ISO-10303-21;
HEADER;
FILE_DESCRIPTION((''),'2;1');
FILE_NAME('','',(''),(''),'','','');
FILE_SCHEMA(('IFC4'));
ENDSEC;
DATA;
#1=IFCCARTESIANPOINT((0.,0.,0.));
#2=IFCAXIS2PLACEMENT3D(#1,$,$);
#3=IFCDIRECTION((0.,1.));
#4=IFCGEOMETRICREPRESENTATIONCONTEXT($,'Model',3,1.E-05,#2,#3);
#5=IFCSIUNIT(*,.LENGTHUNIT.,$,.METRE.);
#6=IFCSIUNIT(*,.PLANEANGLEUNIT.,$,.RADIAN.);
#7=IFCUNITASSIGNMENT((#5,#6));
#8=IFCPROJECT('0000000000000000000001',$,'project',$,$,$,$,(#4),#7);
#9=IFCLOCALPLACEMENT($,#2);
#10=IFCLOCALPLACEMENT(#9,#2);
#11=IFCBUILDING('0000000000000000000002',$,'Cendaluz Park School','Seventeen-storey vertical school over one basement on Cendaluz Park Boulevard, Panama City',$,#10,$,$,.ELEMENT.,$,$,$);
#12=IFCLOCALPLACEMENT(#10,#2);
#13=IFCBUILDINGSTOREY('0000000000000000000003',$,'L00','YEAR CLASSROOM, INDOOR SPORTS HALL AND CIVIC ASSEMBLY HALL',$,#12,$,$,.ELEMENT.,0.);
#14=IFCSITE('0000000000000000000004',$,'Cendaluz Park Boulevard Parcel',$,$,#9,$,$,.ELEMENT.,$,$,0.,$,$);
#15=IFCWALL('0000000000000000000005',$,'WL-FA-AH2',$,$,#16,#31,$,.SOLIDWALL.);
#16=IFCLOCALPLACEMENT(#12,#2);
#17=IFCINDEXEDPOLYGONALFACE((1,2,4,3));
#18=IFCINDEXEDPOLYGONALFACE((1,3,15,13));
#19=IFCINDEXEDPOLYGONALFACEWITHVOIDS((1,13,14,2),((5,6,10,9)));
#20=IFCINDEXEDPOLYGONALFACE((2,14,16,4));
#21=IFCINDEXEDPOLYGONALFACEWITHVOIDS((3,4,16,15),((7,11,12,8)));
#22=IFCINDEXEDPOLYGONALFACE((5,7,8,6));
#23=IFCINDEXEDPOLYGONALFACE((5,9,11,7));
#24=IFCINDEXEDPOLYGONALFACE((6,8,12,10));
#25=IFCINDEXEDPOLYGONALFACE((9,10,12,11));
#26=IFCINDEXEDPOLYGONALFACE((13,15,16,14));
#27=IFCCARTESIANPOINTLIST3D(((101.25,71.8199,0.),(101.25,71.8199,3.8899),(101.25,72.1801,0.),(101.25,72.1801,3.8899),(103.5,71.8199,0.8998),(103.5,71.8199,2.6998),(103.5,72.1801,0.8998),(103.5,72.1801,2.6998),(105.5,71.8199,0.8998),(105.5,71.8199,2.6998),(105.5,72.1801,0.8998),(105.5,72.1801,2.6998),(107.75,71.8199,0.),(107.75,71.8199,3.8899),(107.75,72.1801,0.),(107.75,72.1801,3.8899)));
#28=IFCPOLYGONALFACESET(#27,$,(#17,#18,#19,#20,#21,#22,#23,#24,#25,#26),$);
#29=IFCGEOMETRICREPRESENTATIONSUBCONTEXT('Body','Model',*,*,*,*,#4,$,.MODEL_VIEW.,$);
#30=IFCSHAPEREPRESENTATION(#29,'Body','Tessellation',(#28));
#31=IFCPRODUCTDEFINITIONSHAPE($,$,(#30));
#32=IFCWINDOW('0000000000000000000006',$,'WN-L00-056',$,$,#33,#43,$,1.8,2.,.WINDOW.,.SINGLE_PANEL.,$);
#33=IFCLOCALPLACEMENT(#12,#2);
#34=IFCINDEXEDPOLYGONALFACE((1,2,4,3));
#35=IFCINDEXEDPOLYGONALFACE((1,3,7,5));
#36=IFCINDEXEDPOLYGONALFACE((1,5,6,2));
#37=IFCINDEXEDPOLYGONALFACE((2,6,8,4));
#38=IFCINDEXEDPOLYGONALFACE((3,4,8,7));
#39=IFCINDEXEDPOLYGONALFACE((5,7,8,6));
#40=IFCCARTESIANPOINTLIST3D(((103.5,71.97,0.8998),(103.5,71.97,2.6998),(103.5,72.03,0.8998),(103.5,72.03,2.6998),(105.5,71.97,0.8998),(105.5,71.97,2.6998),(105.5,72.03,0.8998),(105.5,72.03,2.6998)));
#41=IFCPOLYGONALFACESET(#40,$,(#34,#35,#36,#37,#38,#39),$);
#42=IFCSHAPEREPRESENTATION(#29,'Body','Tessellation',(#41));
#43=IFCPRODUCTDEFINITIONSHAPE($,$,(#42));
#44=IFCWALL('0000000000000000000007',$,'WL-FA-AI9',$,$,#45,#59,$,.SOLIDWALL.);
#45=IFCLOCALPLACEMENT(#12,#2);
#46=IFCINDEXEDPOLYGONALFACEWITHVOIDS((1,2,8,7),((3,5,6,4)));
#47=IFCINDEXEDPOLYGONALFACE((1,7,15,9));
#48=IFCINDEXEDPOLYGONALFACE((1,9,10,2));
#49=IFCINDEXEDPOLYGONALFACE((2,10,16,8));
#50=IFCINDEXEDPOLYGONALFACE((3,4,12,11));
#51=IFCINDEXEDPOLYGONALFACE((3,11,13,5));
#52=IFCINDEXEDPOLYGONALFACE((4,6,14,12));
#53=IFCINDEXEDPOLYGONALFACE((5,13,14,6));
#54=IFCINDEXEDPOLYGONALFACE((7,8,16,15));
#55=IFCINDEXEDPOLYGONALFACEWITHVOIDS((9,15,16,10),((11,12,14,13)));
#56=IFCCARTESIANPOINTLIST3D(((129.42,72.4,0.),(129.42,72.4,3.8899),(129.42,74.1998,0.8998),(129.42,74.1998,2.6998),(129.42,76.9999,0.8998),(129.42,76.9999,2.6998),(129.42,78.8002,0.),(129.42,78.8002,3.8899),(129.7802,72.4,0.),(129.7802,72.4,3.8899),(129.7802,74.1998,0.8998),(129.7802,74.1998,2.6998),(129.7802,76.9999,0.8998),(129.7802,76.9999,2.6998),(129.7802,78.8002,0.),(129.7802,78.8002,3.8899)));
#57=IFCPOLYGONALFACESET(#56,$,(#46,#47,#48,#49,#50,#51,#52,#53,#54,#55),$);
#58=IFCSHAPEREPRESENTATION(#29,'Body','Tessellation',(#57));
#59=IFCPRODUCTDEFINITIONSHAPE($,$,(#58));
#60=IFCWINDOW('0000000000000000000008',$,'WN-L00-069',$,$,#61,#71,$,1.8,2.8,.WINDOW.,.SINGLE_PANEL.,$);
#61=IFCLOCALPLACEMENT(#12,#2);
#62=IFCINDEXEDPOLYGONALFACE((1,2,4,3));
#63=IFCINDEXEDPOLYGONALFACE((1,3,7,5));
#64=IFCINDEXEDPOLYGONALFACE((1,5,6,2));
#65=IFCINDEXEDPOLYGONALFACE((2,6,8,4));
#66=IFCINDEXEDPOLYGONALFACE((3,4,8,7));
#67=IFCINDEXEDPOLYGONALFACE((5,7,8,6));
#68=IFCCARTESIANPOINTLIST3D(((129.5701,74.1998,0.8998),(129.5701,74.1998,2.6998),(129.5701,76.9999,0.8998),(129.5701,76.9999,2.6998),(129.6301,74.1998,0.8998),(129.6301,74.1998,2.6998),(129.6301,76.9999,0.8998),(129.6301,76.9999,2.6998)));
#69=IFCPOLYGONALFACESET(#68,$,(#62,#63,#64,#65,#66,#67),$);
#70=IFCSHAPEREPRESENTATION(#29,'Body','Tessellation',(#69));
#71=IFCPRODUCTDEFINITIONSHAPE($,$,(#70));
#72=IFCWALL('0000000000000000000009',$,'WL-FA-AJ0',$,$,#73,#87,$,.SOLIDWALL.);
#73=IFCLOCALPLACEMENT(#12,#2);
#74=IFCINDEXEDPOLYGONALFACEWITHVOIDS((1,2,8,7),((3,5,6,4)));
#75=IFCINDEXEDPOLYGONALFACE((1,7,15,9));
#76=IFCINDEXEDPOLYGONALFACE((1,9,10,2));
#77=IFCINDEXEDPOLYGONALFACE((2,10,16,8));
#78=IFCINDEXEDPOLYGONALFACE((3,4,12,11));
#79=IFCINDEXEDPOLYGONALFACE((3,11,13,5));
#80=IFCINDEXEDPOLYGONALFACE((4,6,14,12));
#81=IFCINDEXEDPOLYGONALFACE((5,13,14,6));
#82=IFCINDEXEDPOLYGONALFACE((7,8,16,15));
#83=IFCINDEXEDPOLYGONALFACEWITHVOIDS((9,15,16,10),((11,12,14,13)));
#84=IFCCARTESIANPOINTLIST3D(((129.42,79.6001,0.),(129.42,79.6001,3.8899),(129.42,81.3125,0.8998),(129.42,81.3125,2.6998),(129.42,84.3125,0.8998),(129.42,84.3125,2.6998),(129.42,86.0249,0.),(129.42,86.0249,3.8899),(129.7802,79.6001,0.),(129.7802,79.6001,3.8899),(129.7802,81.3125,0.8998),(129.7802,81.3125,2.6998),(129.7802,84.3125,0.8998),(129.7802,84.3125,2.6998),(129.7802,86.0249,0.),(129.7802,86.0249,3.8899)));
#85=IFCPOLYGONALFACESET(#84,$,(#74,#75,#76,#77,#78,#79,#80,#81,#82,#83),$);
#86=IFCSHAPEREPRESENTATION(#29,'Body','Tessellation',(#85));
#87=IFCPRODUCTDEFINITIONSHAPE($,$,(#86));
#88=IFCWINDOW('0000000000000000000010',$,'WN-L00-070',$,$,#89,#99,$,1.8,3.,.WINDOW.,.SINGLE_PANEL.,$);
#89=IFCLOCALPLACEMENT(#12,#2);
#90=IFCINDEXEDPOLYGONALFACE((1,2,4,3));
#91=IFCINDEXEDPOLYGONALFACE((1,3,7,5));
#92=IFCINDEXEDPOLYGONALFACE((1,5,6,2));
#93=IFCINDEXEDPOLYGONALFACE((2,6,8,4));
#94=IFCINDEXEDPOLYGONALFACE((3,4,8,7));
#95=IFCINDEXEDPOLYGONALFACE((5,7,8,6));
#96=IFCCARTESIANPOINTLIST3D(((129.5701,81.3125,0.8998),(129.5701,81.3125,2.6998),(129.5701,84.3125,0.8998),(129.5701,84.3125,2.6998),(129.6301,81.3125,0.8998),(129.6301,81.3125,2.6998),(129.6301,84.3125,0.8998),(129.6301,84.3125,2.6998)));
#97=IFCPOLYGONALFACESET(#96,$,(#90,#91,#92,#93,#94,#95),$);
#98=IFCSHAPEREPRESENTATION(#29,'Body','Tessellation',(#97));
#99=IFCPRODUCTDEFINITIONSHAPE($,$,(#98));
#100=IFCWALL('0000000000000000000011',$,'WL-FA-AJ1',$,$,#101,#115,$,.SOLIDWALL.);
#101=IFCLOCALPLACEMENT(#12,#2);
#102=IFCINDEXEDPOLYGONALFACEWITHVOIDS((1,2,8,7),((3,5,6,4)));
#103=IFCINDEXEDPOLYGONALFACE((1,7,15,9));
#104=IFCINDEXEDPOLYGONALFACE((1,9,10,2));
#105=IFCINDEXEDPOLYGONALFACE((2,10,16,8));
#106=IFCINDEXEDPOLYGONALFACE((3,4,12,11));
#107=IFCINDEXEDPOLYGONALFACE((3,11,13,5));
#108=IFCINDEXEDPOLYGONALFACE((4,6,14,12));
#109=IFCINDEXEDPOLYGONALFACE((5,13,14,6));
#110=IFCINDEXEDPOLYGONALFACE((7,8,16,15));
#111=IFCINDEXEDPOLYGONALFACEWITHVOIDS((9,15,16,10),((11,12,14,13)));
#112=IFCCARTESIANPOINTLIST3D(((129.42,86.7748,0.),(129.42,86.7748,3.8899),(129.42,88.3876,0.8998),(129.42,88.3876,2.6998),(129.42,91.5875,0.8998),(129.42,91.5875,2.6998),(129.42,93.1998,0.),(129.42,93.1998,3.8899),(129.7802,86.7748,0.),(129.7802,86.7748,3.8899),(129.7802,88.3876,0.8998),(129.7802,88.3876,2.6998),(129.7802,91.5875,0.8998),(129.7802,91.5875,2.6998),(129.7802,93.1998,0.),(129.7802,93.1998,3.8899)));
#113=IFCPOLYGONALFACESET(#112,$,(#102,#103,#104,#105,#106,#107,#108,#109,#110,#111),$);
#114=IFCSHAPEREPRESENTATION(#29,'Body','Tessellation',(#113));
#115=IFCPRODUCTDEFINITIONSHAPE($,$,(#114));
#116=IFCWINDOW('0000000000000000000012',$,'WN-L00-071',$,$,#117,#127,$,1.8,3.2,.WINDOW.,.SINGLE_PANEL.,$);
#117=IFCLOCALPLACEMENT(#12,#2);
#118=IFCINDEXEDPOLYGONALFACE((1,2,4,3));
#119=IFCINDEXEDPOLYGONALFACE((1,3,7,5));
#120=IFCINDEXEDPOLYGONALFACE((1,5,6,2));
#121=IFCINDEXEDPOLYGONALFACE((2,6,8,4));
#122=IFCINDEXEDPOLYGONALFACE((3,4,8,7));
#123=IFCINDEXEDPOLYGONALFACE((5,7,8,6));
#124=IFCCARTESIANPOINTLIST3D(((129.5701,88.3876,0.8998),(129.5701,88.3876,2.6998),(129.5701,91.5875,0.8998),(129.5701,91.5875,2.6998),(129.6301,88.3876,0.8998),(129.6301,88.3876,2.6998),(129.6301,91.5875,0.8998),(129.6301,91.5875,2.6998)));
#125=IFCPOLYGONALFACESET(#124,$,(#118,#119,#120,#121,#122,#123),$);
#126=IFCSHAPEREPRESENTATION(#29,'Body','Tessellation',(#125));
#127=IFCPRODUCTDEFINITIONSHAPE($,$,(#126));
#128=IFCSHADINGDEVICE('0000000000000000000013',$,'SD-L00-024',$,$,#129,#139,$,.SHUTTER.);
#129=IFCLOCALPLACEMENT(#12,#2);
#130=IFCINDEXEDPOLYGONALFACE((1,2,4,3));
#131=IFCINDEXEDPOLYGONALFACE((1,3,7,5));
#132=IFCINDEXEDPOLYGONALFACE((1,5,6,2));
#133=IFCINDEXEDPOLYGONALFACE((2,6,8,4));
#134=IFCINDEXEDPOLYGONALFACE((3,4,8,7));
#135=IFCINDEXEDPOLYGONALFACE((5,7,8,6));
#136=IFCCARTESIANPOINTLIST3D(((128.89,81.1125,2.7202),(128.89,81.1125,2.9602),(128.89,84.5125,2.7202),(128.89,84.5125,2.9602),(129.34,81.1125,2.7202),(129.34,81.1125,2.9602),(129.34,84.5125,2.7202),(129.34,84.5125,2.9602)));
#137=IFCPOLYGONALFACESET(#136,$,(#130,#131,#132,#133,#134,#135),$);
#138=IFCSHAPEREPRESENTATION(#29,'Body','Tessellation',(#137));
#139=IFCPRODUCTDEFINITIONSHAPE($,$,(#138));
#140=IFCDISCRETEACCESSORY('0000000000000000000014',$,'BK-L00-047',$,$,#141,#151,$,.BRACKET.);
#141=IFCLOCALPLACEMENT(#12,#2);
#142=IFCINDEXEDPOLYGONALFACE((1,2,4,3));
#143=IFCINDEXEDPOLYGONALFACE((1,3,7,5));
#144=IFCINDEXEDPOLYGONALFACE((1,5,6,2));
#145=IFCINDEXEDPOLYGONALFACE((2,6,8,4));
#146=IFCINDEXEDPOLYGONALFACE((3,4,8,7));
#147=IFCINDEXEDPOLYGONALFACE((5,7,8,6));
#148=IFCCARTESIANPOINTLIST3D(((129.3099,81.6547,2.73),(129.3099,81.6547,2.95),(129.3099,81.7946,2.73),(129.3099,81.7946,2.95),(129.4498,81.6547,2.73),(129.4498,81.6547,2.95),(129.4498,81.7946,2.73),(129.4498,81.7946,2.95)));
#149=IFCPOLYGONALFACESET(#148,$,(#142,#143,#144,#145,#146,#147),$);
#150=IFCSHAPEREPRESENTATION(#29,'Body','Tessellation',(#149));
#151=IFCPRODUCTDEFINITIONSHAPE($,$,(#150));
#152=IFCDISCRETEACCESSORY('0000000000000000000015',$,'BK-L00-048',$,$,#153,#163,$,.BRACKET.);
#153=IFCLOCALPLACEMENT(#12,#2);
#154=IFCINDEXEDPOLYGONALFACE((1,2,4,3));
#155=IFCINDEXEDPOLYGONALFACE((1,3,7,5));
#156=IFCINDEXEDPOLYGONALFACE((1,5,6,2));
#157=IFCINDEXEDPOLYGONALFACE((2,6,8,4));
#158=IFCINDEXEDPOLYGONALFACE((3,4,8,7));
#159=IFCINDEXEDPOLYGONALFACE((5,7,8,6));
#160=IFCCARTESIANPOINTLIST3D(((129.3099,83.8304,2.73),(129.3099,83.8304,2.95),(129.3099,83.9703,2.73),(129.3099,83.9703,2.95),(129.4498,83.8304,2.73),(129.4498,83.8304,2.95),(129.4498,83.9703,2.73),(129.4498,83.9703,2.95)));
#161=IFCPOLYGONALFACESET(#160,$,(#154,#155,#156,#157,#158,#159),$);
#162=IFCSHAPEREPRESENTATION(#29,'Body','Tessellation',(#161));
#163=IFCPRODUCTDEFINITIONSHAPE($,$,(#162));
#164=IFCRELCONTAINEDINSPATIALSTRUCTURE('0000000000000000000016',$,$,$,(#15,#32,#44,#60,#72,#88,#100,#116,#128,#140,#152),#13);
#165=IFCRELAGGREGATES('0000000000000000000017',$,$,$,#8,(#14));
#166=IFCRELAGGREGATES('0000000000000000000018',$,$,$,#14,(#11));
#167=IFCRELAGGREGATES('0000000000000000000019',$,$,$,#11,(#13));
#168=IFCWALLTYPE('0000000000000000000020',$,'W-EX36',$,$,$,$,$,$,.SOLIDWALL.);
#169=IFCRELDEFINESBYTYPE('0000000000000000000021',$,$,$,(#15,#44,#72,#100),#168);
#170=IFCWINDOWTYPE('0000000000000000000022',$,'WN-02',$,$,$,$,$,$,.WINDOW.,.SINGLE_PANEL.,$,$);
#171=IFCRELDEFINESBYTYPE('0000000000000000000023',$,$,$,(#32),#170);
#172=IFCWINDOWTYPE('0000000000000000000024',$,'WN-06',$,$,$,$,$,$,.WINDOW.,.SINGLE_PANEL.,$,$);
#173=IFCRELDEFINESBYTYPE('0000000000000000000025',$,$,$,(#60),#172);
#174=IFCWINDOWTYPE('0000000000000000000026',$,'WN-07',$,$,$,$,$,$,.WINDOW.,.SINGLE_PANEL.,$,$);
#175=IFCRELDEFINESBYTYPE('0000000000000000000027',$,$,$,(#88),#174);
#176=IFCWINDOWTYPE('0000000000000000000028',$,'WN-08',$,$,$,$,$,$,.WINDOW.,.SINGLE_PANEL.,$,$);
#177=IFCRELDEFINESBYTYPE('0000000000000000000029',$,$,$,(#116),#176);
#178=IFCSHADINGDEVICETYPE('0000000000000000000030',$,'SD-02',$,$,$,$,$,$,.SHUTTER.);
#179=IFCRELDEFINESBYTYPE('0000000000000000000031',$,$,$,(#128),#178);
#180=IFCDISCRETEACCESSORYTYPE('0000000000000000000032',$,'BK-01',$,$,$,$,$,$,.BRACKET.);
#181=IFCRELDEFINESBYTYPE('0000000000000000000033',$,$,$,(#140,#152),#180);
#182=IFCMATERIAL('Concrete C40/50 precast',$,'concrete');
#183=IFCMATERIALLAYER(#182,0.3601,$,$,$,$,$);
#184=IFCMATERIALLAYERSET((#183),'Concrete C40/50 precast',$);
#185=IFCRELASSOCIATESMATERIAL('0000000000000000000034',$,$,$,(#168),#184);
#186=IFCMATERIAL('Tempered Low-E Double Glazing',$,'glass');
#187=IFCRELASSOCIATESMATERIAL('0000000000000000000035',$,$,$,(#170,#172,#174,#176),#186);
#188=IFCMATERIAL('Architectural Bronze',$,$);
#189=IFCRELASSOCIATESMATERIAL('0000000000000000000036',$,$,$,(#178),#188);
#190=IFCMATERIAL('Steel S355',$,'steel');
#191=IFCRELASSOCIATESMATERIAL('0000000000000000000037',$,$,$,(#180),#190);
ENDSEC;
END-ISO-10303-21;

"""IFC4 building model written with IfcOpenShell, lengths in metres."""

from ifc_helpers import new_model, si_unit, direction, frame, frame_2d, origin, origin_2d, place, context, subcontext, project, spatial, rectangle, extrude, material, layer, layer_set, type_object, element, fill, save


model = new_model("IFC4")

# Units and contexts
model_context = context("Model", 3, precision=1e-05, world=origin(), true_north=direction((0.0, 1.0)))
body_context = subcontext(model_context, "Body", "Model", "MODEL_VIEW")
ifc_project = project(units=[si_unit("LENGTHUNIT", "METRE"), si_unit("PLANEANGLEUNIT", "RADIAN")], contexts=[model_context])

# Site, building, storey
site_placement = place(None, origin())
site = spatial("IfcSite", under=ifc_project, at=site_placement, Name="Cendaluz Park Boulevard Parcel", CompositionType="ELEMENT", RefElevation=0.0)
building_placement = place(site_placement, origin())
building = spatial("IfcBuilding", under=site, at=building_placement, Name="Cendaluz Park School", Description="Seventeen-storey vertical school over one basement on Cendaluz Park Boulevard, Panama City", CompositionType="ELEMENT")
storey_placement = place(building_placement, origin())
storey = spatial("IfcBuildingStorey", under=building, at=storey_placement, Name="L00", Description="YEAR CLASSROOM, INDOOR SPORTS HALL AND CIVIC ASSEMBLY HALL", CompositionType="ELEMENT", Elevation=0.0)

# Walls, openings, windows
ifc_material_1 = material(Name="Concrete C40/50 precast", Category="concrete")
ifc_layer = layer(ifc_material_1, 0.3601)
ifc_layer_set = layer_set([ifc_layer], Name="Concrete C40/50 precast")
wall_type = type_object("IfcWallType", Name="W-EX36", PredefinedType="SOLIDWALL", material=ifc_layer_set)
wall_1_placement = place(storey_placement, frame((101.25, 72.0, 0.0), z_axis=(0.0, 0.0, 1.0), x_axis=(1.0, 0.0, 0.0)))
wall_1 = element("IfcWall", 1, at=wall_1_placement, inside=storey, type_object=wall_type, Name="WL-FA-AH2", PredefinedType="SOLIDWALL", context=body_context, shape_type="SweptSolid", body=[
    extrude(rectangle(XDim=6.5, YDim=0.3601, at=frame_2d((3.25, 0.0))), origin(), (0.0, 0.0, 1.0), 3.8899),
])
opening_1_placement = place(wall_1_placement, frame((2.25, 0.0, 0.8999)))
opening_1 = element("IfcOpeningElement", 2, at=opening_1_placement, cuts=wall_1, PredefinedType="OPENING", context=body_context, shape_type="SweptSolid", body=[
    extrude(rectangle(XDim=2.0, YDim=1.8, at=frame_2d((1.0, 0.8999))), frame((0.0, 0.1921, 0.0), z_axis=(0.0, -1.0, 0.0), x_axis=(1.0, 0.0, 0.0)), (0.0, 0.0, 1.0), 0.384),
])
ifc_material_2 = material(Name="Tempered Low-E Double Glazing", Category="glass")
window_type_1 = type_object("IfcWindowType", Name="WN-02", PartitioningType="SINGLE_PANEL", PredefinedType="WINDOW", material=ifc_material_2)
window_1_placement = place(opening_1_placement, origin())
window_1 = element("IfcWindow", 3, at=window_1_placement, inside=storey, type_object=window_type_1, Name="WN-L00-056", OverallHeight=1.8, OverallWidth=2.0, PartitioningType="SINGLE_PANEL", PredefinedType="WINDOW", context=body_context, shape_type="SweptSolid", body=[
    extrude(rectangle(XDim=2.0, YDim=1.8, at=frame_2d((1.0, 0.8999))), frame((0.0, 0.03, 0.0), z_axis=(0.0, -1.0, 0.0), x_axis=(1.0, 0.0, 0.0)), (0.0, 0.0, 1.0), 0.0601),
])
fill(opening_1, window_1)
wall_2_placement = place(storey_placement, frame((129.6001, 72.3999, 0.0), z_axis=(0.0, 0.0, 1.0), x_axis=(0.0, 1.0, 0.0)))
wall_2 = element("IfcWall", 4, at=wall_2_placement, inside=storey, type_object=wall_type, Name="WL-FA-AI9", PredefinedType="SOLIDWALL", context=body_context, shape_type="SweptSolid", body=[
    extrude(rectangle(XDim=6.4001, YDim=0.3601, at=frame_2d((3.2002, 0.0))), origin(), (0.0, 0.0, 1.0), 3.8899),
])
opening_2_placement = place(wall_2_placement, frame((1.8, 0.0, 0.8999)))
opening_2 = element("IfcOpeningElement", 5, at=opening_2_placement, cuts=wall_2, PredefinedType="OPENING", context=body_context, shape_type="SweptSolid", body=[
    extrude(rectangle(XDim=2.8, YDim=1.8, at=frame_2d((1.3999, 0.8999))), frame((0.0, 0.1921, 0.0), z_axis=(0.0, -1.0, 0.0), x_axis=(1.0, 0.0, 0.0)), (0.0, 0.0, 1.0), 0.384),
])
window_type_2 = type_object("IfcWindowType", Name="WN-06", PartitioningType="SINGLE_PANEL", PredefinedType="WINDOW", material=ifc_material_2)
window_2_placement = place(opening_2_placement, origin())
window_2 = element("IfcWindow", 6, at=window_2_placement, inside=storey, type_object=window_type_2, Name="WN-L00-069", OverallHeight=1.8, OverallWidth=2.8, PartitioningType="SINGLE_PANEL", PredefinedType="WINDOW", context=body_context, shape_type="SweptSolid", body=[
    extrude(rectangle(XDim=2.8, YDim=1.8, at=frame_2d((1.3999, 0.8999))), frame((0.0, 0.03, 0.0), z_axis=(0.0, -1.0, 0.0), x_axis=(1.0, 0.0, 0.0)), (0.0, 0.0, 1.0), 0.0601),
])
fill(opening_2, window_2)
wall_3_placement = place(storey_placement, frame((129.6001, 79.6001, 0.0), z_axis=(0.0, 0.0, 1.0), x_axis=(0.0, 1.0, 0.0)))
wall_3 = element("IfcWall", 7, at=wall_3_placement, inside=storey, type_object=wall_type, Name="WL-FA-AJ0", PredefinedType="SOLIDWALL", context=body_context, shape_type="SweptSolid", body=[
    extrude(rectangle(XDim=6.4248, YDim=0.3601, at=frame_2d((3.2124, 0.0))), origin(), (0.0, 0.0, 1.0), 3.8899),
])
opening_3_placement = place(wall_3_placement, frame((1.7124, 0.0, 0.8999)))
opening_3 = element("IfcOpeningElement", 8, at=opening_3_placement, cuts=wall_3, PredefinedType="OPENING", context=body_context, shape_type="SweptSolid", body=[
    extrude(rectangle(XDim=3.0, YDim=1.8, at=frame_2d((1.5, 0.8999))), frame((0.0, 0.1921, 0.0), z_axis=(0.0, -1.0, 0.0), x_axis=(1.0, 0.0, 0.0)), (0.0, 0.0, 1.0), 0.384),
])
window_type_3 = type_object("IfcWindowType", Name="WN-07", PartitioningType="SINGLE_PANEL", PredefinedType="WINDOW", material=ifc_material_2)
window_3_placement = place(opening_3_placement, origin())
window_3 = element("IfcWindow", 9, at=window_3_placement, inside=storey, type_object=window_type_3, Name="WN-L00-070", OverallHeight=1.8, OverallWidth=3.0, PartitioningType="SINGLE_PANEL", PredefinedType="WINDOW", context=body_context, shape_type="SweptSolid", body=[
    extrude(rectangle(XDim=3.0, YDim=1.8, at=frame_2d((1.5, 0.8999))), frame((0.0, 0.03, 0.0), z_axis=(0.0, -1.0, 0.0), x_axis=(1.0, 0.0, 0.0)), (0.0, 0.0, 1.0), 0.0601),
])
fill(opening_3, window_3)
wall_4_placement = place(storey_placement, frame((129.6001, 86.7749, 0.0), z_axis=(0.0, 0.0, 1.0), x_axis=(0.0, 1.0, 0.0)))
wall_4 = element("IfcWall", 10, at=wall_4_placement, inside=storey, type_object=wall_type, Name="WL-FA-AJ1", PredefinedType="SOLIDWALL", context=body_context, shape_type="SweptSolid", body=[
    extrude(rectangle(XDim=6.425, YDim=0.3601, at=frame_2d((3.2124, 0.0))), origin(), (0.0, 0.0, 1.0), 3.8899),
])
opening_4_placement = place(wall_4_placement, frame((1.6125, 0.0, 0.8999)))
opening_4 = element("IfcOpeningElement", 11, at=opening_4_placement, cuts=wall_4, PredefinedType="OPENING", context=body_context, shape_type="SweptSolid", body=[
    extrude(rectangle(XDim=3.2, YDim=1.8, at=frame_2d((1.6001, 0.8999))), frame((0.0, 0.1921, 0.0), z_axis=(0.0, -1.0, 0.0), x_axis=(1.0, 0.0, 0.0)), (0.0, 0.0, 1.0), 0.384),
])
window_type_4 = type_object("IfcWindowType", Name="WN-08", PartitioningType="SINGLE_PANEL", PredefinedType="WINDOW", material=ifc_material_2)
window_4_placement = place(opening_4_placement, origin())
window_4 = element("IfcWindow", 12, at=window_4_placement, inside=storey, type_object=window_type_4, Name="WN-L00-071", OverallHeight=1.8, OverallWidth=3.2, PartitioningType="SINGLE_PANEL", PredefinedType="WINDOW", context=body_context, shape_type="SweptSolid", body=[
    extrude(rectangle(XDim=3.2, YDim=1.8, at=frame_2d((1.6001, 0.8999))), frame((0.0, 0.03, 0.0), z_axis=(0.0, -1.0, 0.0), x_axis=(1.0, 0.0, 0.0)), (0.0, 0.0, 1.0), 0.0601),
])
fill(opening_4, window_4)

# Shading device
ifc_material_3 = material(Name="Architectural Bronze")
shading_device_type = type_object("IfcShadingDeviceType", Name="SD-02", PredefinedType="SHUTTER", material=ifc_material_3)
shading_device_placement = place(storey_placement, frame((129.115, 82.8125, 2.7202), z_axis=(0.0, 0.0, 1.0), x_axis=(0.0, 1.0, 0.0)))
element("IfcShadingDevice", 13, at=shading_device_placement, inside=storey, type_object=shading_device_type, Name="SD-L00-024", PredefinedType="SHUTTER", context=body_context, shape_type="SweptSolid", body=[
    extrude(rectangle(XDim=3.3999, YDim=0.45, at=origin_2d()), origin(), (0.0, 0.0, 1.0), 0.24),
])

# Discrete accessories
ifc_material_4 = material(Name="Steel S355", Category="steel")
discrete_accessory_type = type_object("IfcDiscreteAccessoryType", Name="BK-01", PredefinedType="BRACKET", material=ifc_material_4)
for number, where, z_axis, x_axis, name in (
    (14, (129.3799, 81.7246, 2.73), (0.0, 0.0, 1.0), (0.0, 1.0, 0.0), "BK-L00-047"),
    (15, (129.3799, 83.9004, 2.73), (0.0, 0.0, 1.0), (0.0, 1.0, 0.0), "BK-L00-048"),
):
    element("IfcDiscreteAccessory", number, at=place(storey_placement, frame(where, z_axis=z_axis, x_axis=x_axis)), inside=storey, type_object=discrete_accessory_type, Name=name, PredefinedType="BRACKET", context=body_context, shape_type="SweptSolid", body=[
        extrude(rectangle(XDim=0.1399, YDim=0.1399, at=origin_2d()), origin(), (0.0, 0.0, 1.0), 0.22),
    ])

save(model, "model.ifc")
